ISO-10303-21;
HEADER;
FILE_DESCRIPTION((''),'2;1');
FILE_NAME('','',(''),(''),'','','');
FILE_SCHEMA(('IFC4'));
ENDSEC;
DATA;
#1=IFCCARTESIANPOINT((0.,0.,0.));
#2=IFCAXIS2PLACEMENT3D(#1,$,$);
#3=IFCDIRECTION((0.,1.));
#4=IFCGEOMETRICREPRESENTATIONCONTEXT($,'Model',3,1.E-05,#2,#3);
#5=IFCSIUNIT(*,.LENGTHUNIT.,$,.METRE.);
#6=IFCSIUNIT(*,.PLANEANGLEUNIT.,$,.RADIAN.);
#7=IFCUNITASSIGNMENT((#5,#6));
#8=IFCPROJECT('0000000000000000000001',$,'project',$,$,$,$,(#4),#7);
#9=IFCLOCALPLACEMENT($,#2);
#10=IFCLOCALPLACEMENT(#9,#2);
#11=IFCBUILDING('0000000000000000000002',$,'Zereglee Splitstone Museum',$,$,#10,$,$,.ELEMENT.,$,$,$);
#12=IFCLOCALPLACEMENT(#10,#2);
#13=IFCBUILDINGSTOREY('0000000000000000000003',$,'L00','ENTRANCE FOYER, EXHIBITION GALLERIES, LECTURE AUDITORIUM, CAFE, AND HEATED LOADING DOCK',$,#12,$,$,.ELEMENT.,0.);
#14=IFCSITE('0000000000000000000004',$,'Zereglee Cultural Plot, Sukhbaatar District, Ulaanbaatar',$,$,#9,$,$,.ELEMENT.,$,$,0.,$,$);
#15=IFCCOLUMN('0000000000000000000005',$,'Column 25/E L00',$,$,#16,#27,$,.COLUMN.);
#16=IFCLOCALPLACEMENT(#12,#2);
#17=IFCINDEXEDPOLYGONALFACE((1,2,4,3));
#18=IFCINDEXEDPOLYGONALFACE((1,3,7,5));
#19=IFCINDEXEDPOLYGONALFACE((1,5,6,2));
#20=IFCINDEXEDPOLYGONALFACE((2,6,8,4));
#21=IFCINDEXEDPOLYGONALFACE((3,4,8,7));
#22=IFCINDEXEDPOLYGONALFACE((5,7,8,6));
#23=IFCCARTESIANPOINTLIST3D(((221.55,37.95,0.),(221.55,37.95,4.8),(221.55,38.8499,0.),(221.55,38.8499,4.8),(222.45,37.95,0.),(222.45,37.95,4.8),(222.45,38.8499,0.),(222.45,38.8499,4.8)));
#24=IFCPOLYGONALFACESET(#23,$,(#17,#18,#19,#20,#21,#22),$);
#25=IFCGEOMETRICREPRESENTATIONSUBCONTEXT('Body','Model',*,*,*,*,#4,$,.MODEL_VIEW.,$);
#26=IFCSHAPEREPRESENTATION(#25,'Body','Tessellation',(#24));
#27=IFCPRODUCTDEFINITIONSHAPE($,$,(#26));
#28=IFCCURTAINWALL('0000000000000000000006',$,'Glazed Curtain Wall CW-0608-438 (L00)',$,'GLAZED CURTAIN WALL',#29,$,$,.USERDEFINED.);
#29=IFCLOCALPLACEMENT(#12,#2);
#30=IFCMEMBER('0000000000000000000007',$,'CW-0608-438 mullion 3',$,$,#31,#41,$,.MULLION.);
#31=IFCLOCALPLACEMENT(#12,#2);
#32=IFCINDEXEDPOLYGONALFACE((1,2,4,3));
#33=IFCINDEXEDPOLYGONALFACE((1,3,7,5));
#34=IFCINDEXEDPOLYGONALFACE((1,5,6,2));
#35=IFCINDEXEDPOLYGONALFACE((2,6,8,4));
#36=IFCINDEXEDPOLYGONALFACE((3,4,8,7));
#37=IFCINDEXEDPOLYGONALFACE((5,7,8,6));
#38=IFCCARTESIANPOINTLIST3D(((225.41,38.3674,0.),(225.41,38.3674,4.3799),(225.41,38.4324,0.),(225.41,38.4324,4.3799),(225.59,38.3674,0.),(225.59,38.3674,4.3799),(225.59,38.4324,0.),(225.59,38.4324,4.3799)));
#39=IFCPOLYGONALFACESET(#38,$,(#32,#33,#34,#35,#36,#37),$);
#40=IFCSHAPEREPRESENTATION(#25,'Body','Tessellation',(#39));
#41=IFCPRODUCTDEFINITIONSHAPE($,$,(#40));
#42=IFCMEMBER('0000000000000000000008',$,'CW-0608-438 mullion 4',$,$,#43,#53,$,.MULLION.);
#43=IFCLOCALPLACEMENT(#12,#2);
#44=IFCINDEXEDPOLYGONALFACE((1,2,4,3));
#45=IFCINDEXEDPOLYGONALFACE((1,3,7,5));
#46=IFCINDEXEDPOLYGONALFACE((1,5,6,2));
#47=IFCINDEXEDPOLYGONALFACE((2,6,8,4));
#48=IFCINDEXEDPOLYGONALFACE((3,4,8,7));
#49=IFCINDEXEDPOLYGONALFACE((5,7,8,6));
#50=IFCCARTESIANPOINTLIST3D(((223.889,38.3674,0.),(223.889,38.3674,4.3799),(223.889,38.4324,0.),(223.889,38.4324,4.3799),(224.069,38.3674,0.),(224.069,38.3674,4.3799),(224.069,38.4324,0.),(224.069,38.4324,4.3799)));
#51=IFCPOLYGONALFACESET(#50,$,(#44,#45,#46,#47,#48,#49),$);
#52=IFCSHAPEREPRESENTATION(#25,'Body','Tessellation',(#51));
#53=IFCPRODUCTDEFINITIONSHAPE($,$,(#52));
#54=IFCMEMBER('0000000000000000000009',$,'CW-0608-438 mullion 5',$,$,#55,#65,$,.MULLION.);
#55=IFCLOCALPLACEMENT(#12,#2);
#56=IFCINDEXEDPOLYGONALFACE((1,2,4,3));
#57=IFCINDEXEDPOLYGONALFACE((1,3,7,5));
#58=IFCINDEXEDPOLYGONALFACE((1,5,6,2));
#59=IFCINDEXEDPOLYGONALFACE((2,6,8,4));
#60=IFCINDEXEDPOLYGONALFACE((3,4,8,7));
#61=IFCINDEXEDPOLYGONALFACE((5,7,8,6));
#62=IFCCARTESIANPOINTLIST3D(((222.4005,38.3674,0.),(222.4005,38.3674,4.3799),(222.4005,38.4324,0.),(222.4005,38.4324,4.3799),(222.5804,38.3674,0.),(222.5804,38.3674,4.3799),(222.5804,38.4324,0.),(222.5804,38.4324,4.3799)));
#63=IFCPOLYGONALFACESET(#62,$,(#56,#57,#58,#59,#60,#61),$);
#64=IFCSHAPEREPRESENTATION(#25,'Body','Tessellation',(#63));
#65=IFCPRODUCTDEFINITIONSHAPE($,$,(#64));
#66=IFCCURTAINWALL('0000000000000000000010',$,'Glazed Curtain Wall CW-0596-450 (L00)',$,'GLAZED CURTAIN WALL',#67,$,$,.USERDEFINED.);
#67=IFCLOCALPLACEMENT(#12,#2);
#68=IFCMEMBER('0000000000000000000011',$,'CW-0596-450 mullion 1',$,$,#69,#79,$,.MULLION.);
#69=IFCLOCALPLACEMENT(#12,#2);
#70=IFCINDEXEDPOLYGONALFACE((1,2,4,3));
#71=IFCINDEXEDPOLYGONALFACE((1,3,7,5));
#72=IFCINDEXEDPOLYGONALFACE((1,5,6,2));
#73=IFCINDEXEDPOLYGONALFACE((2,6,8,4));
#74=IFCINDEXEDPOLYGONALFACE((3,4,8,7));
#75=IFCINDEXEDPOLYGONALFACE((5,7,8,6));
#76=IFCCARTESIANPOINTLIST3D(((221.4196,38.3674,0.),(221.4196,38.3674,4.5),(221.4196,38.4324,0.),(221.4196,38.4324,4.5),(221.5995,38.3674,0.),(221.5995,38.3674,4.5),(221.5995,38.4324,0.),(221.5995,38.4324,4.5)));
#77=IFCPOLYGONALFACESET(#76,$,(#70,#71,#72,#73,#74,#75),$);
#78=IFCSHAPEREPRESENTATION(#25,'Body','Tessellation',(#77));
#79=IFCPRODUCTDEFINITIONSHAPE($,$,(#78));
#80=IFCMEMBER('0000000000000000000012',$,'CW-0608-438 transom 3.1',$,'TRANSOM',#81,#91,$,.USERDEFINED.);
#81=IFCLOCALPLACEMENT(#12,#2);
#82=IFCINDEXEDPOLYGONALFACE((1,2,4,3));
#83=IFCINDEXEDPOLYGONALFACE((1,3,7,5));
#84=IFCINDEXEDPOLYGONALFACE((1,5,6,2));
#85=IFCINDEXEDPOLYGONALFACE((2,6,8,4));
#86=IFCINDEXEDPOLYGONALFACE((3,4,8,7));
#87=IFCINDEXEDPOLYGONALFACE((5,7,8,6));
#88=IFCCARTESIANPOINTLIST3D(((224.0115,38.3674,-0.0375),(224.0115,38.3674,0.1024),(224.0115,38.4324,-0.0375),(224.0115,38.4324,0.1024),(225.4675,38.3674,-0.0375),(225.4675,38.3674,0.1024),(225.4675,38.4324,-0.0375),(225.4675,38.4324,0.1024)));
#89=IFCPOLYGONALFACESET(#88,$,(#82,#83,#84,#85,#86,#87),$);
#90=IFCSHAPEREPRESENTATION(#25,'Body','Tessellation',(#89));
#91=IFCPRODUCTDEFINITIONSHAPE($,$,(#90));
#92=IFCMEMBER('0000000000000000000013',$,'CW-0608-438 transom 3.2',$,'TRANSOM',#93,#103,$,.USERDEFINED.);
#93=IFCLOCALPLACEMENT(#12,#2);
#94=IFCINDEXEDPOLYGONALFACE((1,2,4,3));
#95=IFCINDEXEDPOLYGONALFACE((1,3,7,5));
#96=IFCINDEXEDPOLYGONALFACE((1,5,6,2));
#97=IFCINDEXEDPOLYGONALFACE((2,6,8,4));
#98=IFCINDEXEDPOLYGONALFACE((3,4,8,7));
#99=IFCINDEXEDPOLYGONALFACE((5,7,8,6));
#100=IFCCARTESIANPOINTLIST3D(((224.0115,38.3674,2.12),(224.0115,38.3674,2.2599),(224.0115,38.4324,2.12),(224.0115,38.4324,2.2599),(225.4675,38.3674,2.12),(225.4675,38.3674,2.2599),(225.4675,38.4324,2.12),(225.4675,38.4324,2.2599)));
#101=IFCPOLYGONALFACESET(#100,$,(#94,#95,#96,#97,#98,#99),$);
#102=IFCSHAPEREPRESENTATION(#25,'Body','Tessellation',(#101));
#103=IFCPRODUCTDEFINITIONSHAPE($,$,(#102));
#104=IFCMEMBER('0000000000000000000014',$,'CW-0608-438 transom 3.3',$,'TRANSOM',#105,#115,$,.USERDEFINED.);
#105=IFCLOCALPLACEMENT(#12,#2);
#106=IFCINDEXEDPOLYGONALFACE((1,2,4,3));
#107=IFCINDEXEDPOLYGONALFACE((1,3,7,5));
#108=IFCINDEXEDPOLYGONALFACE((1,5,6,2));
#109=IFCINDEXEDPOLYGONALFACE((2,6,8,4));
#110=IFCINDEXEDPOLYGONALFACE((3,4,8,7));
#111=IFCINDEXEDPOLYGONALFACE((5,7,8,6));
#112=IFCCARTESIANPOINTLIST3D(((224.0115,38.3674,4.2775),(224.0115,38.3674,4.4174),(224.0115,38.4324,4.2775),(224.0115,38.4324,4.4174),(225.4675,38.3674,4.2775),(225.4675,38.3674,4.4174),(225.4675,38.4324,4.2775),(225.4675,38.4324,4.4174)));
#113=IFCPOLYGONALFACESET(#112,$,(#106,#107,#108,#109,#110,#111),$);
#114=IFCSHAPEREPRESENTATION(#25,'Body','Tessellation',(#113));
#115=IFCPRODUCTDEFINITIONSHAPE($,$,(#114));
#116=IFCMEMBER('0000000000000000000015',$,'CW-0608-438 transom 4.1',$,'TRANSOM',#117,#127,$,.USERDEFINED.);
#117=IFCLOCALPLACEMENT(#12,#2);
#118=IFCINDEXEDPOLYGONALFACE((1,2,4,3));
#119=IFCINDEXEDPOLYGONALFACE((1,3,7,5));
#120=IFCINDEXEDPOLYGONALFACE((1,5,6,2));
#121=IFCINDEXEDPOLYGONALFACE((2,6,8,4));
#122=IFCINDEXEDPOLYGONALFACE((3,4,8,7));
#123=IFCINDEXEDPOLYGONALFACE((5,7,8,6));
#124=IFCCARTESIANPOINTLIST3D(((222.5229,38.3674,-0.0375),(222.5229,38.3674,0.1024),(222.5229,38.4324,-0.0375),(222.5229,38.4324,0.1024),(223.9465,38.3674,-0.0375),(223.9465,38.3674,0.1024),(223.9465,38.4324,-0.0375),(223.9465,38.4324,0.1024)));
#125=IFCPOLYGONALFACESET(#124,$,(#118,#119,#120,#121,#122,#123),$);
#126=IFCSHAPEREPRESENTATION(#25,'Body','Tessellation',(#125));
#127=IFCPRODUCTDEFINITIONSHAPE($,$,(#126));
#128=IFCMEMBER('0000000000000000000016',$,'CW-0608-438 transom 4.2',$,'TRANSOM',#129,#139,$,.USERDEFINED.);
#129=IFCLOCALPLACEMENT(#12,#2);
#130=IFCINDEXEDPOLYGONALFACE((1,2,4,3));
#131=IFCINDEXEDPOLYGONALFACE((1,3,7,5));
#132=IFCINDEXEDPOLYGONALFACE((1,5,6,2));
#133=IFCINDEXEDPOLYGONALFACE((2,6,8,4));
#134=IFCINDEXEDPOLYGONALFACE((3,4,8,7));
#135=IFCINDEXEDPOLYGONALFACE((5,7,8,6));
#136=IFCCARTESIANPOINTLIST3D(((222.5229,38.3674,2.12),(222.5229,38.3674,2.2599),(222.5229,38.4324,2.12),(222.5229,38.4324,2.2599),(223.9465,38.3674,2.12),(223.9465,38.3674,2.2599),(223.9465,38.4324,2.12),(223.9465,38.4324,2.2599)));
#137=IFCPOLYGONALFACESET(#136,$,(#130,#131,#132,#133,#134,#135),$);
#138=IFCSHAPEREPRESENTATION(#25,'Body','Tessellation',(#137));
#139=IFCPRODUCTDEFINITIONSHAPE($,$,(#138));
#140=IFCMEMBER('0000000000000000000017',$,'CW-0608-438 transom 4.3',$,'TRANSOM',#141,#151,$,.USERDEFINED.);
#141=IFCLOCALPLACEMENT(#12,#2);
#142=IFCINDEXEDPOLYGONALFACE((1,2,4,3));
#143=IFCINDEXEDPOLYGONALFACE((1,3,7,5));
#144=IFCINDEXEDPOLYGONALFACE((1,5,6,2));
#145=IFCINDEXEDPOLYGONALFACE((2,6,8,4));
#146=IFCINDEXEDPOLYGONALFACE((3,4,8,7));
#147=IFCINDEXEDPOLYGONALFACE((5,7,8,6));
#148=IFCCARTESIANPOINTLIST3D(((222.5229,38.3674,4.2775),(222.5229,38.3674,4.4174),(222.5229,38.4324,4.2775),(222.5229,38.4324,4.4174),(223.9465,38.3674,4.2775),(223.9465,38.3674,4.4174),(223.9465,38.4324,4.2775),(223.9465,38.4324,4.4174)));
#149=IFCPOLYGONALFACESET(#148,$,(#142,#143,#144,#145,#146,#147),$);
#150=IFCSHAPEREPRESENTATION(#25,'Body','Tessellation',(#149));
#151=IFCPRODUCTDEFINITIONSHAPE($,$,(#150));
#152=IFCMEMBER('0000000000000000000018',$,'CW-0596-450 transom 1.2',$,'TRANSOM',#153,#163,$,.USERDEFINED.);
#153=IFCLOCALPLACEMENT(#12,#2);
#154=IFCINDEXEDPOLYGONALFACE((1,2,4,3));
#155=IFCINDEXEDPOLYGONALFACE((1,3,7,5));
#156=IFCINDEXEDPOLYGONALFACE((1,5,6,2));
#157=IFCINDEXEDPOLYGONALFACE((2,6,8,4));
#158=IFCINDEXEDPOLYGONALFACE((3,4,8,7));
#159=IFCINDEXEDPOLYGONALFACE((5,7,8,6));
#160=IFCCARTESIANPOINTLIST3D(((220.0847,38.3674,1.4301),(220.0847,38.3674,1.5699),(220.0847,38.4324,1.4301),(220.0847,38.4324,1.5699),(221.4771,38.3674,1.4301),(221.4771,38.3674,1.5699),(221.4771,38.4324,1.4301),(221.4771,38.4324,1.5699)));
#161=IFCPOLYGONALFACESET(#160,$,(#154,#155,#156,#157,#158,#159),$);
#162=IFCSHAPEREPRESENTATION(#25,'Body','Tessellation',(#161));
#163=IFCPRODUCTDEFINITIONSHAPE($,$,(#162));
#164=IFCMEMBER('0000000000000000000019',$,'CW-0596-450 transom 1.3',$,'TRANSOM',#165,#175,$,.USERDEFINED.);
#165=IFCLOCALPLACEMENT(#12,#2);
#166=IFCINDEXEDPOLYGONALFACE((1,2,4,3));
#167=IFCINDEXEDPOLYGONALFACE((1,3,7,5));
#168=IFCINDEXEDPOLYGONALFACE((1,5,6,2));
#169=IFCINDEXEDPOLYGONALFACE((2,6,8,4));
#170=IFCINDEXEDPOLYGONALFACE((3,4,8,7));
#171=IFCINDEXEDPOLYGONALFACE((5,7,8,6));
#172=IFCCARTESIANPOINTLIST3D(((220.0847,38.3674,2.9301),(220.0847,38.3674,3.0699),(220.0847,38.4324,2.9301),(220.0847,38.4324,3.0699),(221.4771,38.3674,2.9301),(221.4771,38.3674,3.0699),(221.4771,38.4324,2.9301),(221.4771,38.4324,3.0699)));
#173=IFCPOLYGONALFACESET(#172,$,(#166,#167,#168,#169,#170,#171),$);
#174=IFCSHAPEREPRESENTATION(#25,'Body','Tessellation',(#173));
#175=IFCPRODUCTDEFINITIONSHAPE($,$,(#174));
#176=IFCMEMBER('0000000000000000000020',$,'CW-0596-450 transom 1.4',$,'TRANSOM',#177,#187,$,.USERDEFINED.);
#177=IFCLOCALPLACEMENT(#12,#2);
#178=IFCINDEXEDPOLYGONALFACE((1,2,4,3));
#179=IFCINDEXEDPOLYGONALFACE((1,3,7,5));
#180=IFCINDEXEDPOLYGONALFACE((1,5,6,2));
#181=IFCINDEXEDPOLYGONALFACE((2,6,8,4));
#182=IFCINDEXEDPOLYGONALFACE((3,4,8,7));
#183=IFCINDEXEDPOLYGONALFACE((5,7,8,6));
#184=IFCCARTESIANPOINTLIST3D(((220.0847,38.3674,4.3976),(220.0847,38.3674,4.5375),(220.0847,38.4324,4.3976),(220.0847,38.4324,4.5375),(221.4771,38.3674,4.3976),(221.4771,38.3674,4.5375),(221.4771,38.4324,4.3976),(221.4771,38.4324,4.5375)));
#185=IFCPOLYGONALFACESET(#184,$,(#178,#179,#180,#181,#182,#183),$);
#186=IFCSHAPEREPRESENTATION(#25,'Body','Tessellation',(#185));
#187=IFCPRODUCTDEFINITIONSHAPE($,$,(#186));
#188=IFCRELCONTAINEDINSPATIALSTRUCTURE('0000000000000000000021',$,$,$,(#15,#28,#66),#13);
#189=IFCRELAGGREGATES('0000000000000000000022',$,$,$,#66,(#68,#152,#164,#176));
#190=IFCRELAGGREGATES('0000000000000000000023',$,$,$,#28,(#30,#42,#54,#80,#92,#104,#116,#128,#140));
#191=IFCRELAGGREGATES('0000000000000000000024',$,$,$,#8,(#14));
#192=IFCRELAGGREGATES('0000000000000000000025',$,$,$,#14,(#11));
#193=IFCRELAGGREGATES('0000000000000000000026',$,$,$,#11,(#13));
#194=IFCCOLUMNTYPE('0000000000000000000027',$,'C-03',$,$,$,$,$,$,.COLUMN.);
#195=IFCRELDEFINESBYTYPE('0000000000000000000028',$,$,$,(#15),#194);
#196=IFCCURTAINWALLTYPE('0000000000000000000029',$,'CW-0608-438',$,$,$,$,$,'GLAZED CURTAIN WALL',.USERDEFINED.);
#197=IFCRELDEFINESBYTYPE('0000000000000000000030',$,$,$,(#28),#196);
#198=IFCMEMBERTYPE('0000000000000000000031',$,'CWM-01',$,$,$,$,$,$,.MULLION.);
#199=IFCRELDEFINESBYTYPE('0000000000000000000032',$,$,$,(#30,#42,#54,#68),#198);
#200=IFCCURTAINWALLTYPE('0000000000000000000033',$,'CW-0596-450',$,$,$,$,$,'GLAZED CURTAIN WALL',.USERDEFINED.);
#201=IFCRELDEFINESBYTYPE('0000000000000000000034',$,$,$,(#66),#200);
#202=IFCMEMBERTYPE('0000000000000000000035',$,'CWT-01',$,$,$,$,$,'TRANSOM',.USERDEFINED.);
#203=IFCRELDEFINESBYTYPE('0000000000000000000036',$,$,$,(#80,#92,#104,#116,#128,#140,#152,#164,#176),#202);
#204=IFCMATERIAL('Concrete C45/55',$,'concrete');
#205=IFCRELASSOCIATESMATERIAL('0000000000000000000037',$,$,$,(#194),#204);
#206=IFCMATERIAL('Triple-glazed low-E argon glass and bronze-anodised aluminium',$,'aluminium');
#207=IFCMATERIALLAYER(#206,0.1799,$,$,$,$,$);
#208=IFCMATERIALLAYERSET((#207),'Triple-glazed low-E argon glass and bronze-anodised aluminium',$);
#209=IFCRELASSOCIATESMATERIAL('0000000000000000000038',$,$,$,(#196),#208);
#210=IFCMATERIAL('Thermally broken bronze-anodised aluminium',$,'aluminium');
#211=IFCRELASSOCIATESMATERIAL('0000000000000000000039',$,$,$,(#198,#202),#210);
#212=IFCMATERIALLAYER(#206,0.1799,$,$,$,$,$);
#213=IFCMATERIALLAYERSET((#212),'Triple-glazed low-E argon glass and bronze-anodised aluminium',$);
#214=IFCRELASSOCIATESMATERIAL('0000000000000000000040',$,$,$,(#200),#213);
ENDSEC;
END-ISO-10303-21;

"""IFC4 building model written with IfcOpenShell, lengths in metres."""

from ifc_helpers import new_model, si_unit, direction, frame, origin, origin_2d, place, context, subcontext, project, spatial, rectangle, extrude, material, layer, layer_set, material_profile, profile_set, type_object, element, aggregate, save


model = new_model("IFC4")

# Units and contexts
model_context = context("Model", 3, precision=1e-05, world=origin(), true_north=direction((0.0, 1.0)))
body_context = subcontext(model_context, "Body", "Model", "MODEL_VIEW")
ifc_project = project(units=[si_unit("LENGTHUNIT", "METRE"), si_unit("PLANEANGLEUNIT", "RADIAN")], contexts=[model_context])

# Site, building, storey
site_placement = place(None, origin())
site = spatial("IfcSite", under=ifc_project, at=site_placement, Name="Zereglee Cultural Plot, Sukhbaatar District, Ulaanbaatar", CompositionType="ELEMENT", RefElevation=0.0)
building_placement = place(site_placement, origin())
building = spatial("IfcBuilding", under=site, at=building_placement, Name="Zereglee Splitstone Museum", CompositionType="ELEMENT")
storey_placement = place(building_placement, origin())
storey = spatial("IfcBuildingStorey", under=building, at=storey_placement, Name="L00", Description="ENTRANCE FOYER, EXHIBITION GALLERIES, LECTURE AUDITORIUM, CAFE, AND HEATED LOADING DOCK", CompositionType="ELEMENT", Elevation=0.0)

# Column
ifc_material_1 = material(Name="Concrete C45/55", Category="concrete")
ifc_material_profile_1 = material_profile(ifc_material_1, rectangle(XDim=0.8999, YDim=0.8999, at=origin_2d()), Name="RC 900x900")
ifc_profile_set_1 = profile_set([ifc_material_profile_1], Name="Concrete C45/55")
column_type = type_object("IfcColumnType", Name="C-03", PredefinedType="COLUMN", material=ifc_profile_set_1)
column_placement = place(storey_placement, frame((222.0, 38.3999, 0.0), z_axis=(0.0, 0.0, 1.0), x_axis=(1.0, 0.0, 0.0)))
element("IfcColumn", 1, at=column_placement, inside=storey, type_object=column_type, Name="Column 25/E L00", PredefinedType="COLUMN", context=body_context, shape_type="SweptSolid", body=[
    extrude(rectangle(XDim=0.8999, YDim=0.8999, at=origin_2d()), origin(), (0.0, 0.0, 1.0), 4.8),
])

# Curtain wall, members
ifc_material_2 = material(Name="Triple-glazed low-E argon glass and bronze-anodised aluminium", Category="aluminium")
ifc_layer_1 = layer(ifc_material_2, 0.1799)
ifc_layer_set_1 = layer_set([ifc_layer_1], Name="Triple-glazed low-E argon glass and bronze-anodised aluminium")
curtain_wall_type_1 = type_object("IfcCurtainWallType", Name="CW-0608-438", ElementType="GLAZED CURTAIN WALL", PredefinedType="USERDEFINED", material=ifc_layer_set_1)
curtain_wall_1_placement = place(storey_placement, origin())
curtain_wall_1 = element("IfcCurtainWall", 2, at=curtain_wall_1_placement, inside=storey, type_object=curtain_wall_type_1, Name="Glazed Curtain Wall CW-0608-438 (L00)", ObjectType="GLAZED CURTAIN WALL", PredefinedType="USERDEFINED")
ifc_material_3 = material(Name="Thermally broken bronze-anodised aluminium", Category="aluminium")
ifc_material_profile_2 = material_profile(ifc_material_3, rectangle(XDim=0.0649, YDim=0.1799, at=origin_2d()), Name="CW MULL 65x180")
ifc_profile_set_2 = profile_set([ifc_material_profile_2], Name="Thermally broken bronze-anodised aluminium")
member_type_1 = type_object("IfcMemberType", Name="CWM-01", PredefinedType="MULLION", material=ifc_profile_set_2)
member_1_placement = place(storey_placement, frame((225.5, 38.3999, 0.0), z_axis=(0.0, 0.0, 1.0), x_axis=(0.0, -1.0, 0.0)))
member_1 = element("IfcMember", 3, at=member_1_placement, type_object=member_type_1, Name="CW-0608-438 mullion 3", PredefinedType="MULLION", context=body_context, shape_type="SweptSolid", body=[
    extrude(rectangle(XDim=0.0649, YDim=0.1799, at=origin_2d()), origin(), (0.0, 0.0, 1.0), 4.3799),
])
member_2_placement = place(storey_placement, frame((223.979, 38.3999, 0.0), z_axis=(0.0, 0.0, 1.0), x_axis=(0.0, -1.0, 0.0)))
member_2 = element("IfcMember", 4, at=member_2_placement, type_object=member_type_1, Name="CW-0608-438 mullion 4", PredefinedType="MULLION", context=body_context, shape_type="SweptSolid", body=[
    extrude(rectangle(XDim=0.0649, YDim=0.1799, at=origin_2d()), origin(), (0.0, 0.0, 1.0), 4.3799),
])
member_3_placement = place(storey_placement, frame((222.4905, 38.3999, 0.0), z_axis=(0.0, 0.0, 1.0), x_axis=(0.0, -1.0, 0.0)))
member_3 = element("IfcMember", 5, at=member_3_placement, type_object=member_type_1, Name="CW-0608-438 mullion 5", PredefinedType="MULLION", context=body_context, shape_type="SweptSolid", body=[
    extrude(rectangle(XDim=0.0649, YDim=0.1799, at=origin_2d()), origin(), (0.0, 0.0, 1.0), 4.3799),
])

# Curtain wall, member
ifc_layer_2 = layer(ifc_material_2, 0.1799)
ifc_layer_set_2 = layer_set([ifc_layer_2], Name="Triple-glazed low-E argon glass and bronze-anodised aluminium")
curtain_wall_type_2 = type_object("IfcCurtainWallType", Name="CW-0596-450", ElementType="GLAZED CURTAIN WALL", PredefinedType="USERDEFINED", material=ifc_layer_set_2)
curtain_wall_2_placement = place(storey_placement, origin())
curtain_wall_2 = element("IfcCurtainWall", 6, at=curtain_wall_2_placement, inside=storey, type_object=curtain_wall_type_2, Name="Glazed Curtain Wall CW-0596-450 (L00)", ObjectType="GLAZED CURTAIN WALL", PredefinedType="USERDEFINED")
member_4_placement = place(storey_placement, frame((221.5095, 38.3999, 0.0), z_axis=(0.0, 0.0, 1.0), x_axis=(0.0, -1.0, 0.0)))
member_4 = element("IfcMember", 7, at=member_4_placement, type_object=member_type_1, Name="CW-0596-450 mullion 1", PredefinedType="MULLION", context=body_context, shape_type="SweptSolid", body=[
    extrude(rectangle(XDim=0.0649, YDim=0.1799, at=origin_2d()), origin(), (0.0, 0.0, 1.0), 4.5),
])

# Members
ifc_material_profile_3 = material_profile(ifc_material_3, rectangle(XDim=0.0649, YDim=0.1399, at=origin_2d()), Name="CW TRAN 65x140")
ifc_profile_set_3 = profile_set([ifc_material_profile_3], Name="Thermally broken bronze-anodised aluminium")
member_type_2 = type_object("IfcMemberType", Name="CWT-01", ElementType="TRANSOM", PredefinedType="USERDEFINED", material=ifc_profile_set_3)
member_5_placement = place(storey_placement, frame((225.4675, 38.3999, 0.0325), z_axis=(-1.0, 0.0, 0.0), x_axis=(0.0, -1.0, 0.0)))
member_5 = element("IfcMember", 8, at=member_5_placement, type_object=member_type_2, Name="CW-0608-438 transom 3.1", ObjectType="TRANSOM", PredefinedType="USERDEFINED", context=body_context, shape_type="SweptSolid", body=[
    extrude(rectangle(XDim=0.0649, YDim=0.1399, at=origin_2d()), origin(), (0.0, 0.0, 1.0), 1.4561),
])
member_6_placement = place(storey_placement, frame((225.4675, 38.3999, 2.1899), z_axis=(-1.0, 0.0, 0.0), x_axis=(0.0, -1.0, 0.0)))
member_6 = element("IfcMember", 9, at=member_6_placement, type_object=member_type_2, Name="CW-0608-438 transom 3.2", ObjectType="TRANSOM", PredefinedType="USERDEFINED", context=body_context, shape_type="SweptSolid", body=[
    extrude(rectangle(XDim=0.0649, YDim=0.1399, at=origin_2d()), origin(), (0.0, 0.0, 1.0), 1.4561),
])
member_7_placement = place(storey_placement, frame((225.4675, 38.3999, 4.3474), z_axis=(-1.0, 0.0, 0.0), x_axis=(0.0, -1.0, 0.0)))
member_7 = element("IfcMember", 10, at=member_7_placement, type_object=member_type_2, Name="CW-0608-438 transom 3.3", ObjectType="TRANSOM", PredefinedType="USERDEFINED", context=body_context, shape_type="SweptSolid", body=[
    extrude(rectangle(XDim=0.0649, YDim=0.1399, at=origin_2d()), origin(), (0.0, 0.0, 1.0), 1.4561),
])
member_8_placement = place(storey_placement, frame((223.9465, 38.3999, 0.0325), z_axis=(-1.0, 0.0, 0.0), x_axis=(0.0, -1.0, 0.0)))
member_8 = element("IfcMember", 11, at=member_8_placement, type_object=member_type_2, Name="CW-0608-438 transom 4.1", ObjectType="TRANSOM", PredefinedType="USERDEFINED", context=body_context, shape_type="SweptSolid", body=[
    extrude(rectangle(XDim=0.0649, YDim=0.1399, at=origin_2d()), origin(), (0.0, 0.0, 1.0), 1.4236),
])
member_9_placement = place(storey_placement, frame((223.9465, 38.3999, 2.1899), z_axis=(-1.0, 0.0, 0.0), x_axis=(0.0, -1.0, 0.0)))
member_9 = element("IfcMember", 12, at=member_9_placement, type_object=member_type_2, Name="CW-0608-438 transom 4.2", ObjectType="TRANSOM", PredefinedType="USERDEFINED", context=body_context, shape_type="SweptSolid", body=[
    extrude(rectangle(XDim=0.0649, YDim=0.1399, at=origin_2d()), origin(), (0.0, 0.0, 1.0), 1.4236),
])
member_10_placement = place(storey_placement, frame((223.9465, 38.3999, 4.3474), z_axis=(-1.0, 0.0, 0.0), x_axis=(0.0, -1.0, 0.0)))
member_10 = element("IfcMember", 13, at=member_10_placement, type_object=member_type_2, Name="CW-0608-438 transom 4.3", ObjectType="TRANSOM", PredefinedType="USERDEFINED", context=body_context, shape_type="SweptSolid", body=[
    extrude(rectangle(XDim=0.0649, YDim=0.1399, at=origin_2d()), origin(), (0.0, 0.0, 1.0), 1.4236),
])
member_11_placement = place(storey_placement, frame((221.4771, 38.3999, 1.5), z_axis=(-1.0, 0.0, 0.0), x_axis=(0.0, -1.0, 0.0)))
member_11 = element("IfcMember", 14, at=member_11_placement, type_object=member_type_2, Name="CW-0596-450 transom 1.2", ObjectType="TRANSOM", PredefinedType="USERDEFINED", context=body_context, shape_type="SweptSolid", body=[
    extrude(rectangle(XDim=0.0649, YDim=0.1399, at=origin_2d()), origin(), (0.0, 0.0, 1.0), 1.3923),
])
member_12_placement = place(storey_placement, frame((221.4771, 38.3999, 3.0), z_axis=(-1.0, 0.0, 0.0), x_axis=(0.0, -1.0, 0.0)))
member_12 = element("IfcMember", 15, at=member_12_placement, type_object=member_type_2, Name="CW-0596-450 transom 1.3", ObjectType="TRANSOM", PredefinedType="USERDEFINED", context=body_context, shape_type="SweptSolid", body=[
    extrude(rectangle(XDim=0.0649, YDim=0.1399, at=origin_2d()), origin(), (0.0, 0.0, 1.0), 1.3923),
])
member_13_placement = place(storey_placement, frame((221.4771, 38.3999, 4.4675), z_axis=(-1.0, 0.0, 0.0), x_axis=(0.0, -1.0, 0.0)))
member_13 = element("IfcMember", 16, at=member_13_placement, type_object=member_type_2, Name="CW-0596-450 transom 1.4", ObjectType="TRANSOM", PredefinedType="USERDEFINED", context=body_context, shape_type="SweptSolid", body=[
    extrude(rectangle(XDim=0.0649, YDim=0.1399, at=origin_2d()), origin(), (0.0, 0.0, 1.0), 1.3923),
])
aggregate(curtain_wall_2, [member_4, member_11, member_12, member_13])

aggregate(curtain_wall_1, [member_1, member_2, member_3, member_5, member_6, member_7, member_8, member_9, member_10])

save(model, "model.ifc")
